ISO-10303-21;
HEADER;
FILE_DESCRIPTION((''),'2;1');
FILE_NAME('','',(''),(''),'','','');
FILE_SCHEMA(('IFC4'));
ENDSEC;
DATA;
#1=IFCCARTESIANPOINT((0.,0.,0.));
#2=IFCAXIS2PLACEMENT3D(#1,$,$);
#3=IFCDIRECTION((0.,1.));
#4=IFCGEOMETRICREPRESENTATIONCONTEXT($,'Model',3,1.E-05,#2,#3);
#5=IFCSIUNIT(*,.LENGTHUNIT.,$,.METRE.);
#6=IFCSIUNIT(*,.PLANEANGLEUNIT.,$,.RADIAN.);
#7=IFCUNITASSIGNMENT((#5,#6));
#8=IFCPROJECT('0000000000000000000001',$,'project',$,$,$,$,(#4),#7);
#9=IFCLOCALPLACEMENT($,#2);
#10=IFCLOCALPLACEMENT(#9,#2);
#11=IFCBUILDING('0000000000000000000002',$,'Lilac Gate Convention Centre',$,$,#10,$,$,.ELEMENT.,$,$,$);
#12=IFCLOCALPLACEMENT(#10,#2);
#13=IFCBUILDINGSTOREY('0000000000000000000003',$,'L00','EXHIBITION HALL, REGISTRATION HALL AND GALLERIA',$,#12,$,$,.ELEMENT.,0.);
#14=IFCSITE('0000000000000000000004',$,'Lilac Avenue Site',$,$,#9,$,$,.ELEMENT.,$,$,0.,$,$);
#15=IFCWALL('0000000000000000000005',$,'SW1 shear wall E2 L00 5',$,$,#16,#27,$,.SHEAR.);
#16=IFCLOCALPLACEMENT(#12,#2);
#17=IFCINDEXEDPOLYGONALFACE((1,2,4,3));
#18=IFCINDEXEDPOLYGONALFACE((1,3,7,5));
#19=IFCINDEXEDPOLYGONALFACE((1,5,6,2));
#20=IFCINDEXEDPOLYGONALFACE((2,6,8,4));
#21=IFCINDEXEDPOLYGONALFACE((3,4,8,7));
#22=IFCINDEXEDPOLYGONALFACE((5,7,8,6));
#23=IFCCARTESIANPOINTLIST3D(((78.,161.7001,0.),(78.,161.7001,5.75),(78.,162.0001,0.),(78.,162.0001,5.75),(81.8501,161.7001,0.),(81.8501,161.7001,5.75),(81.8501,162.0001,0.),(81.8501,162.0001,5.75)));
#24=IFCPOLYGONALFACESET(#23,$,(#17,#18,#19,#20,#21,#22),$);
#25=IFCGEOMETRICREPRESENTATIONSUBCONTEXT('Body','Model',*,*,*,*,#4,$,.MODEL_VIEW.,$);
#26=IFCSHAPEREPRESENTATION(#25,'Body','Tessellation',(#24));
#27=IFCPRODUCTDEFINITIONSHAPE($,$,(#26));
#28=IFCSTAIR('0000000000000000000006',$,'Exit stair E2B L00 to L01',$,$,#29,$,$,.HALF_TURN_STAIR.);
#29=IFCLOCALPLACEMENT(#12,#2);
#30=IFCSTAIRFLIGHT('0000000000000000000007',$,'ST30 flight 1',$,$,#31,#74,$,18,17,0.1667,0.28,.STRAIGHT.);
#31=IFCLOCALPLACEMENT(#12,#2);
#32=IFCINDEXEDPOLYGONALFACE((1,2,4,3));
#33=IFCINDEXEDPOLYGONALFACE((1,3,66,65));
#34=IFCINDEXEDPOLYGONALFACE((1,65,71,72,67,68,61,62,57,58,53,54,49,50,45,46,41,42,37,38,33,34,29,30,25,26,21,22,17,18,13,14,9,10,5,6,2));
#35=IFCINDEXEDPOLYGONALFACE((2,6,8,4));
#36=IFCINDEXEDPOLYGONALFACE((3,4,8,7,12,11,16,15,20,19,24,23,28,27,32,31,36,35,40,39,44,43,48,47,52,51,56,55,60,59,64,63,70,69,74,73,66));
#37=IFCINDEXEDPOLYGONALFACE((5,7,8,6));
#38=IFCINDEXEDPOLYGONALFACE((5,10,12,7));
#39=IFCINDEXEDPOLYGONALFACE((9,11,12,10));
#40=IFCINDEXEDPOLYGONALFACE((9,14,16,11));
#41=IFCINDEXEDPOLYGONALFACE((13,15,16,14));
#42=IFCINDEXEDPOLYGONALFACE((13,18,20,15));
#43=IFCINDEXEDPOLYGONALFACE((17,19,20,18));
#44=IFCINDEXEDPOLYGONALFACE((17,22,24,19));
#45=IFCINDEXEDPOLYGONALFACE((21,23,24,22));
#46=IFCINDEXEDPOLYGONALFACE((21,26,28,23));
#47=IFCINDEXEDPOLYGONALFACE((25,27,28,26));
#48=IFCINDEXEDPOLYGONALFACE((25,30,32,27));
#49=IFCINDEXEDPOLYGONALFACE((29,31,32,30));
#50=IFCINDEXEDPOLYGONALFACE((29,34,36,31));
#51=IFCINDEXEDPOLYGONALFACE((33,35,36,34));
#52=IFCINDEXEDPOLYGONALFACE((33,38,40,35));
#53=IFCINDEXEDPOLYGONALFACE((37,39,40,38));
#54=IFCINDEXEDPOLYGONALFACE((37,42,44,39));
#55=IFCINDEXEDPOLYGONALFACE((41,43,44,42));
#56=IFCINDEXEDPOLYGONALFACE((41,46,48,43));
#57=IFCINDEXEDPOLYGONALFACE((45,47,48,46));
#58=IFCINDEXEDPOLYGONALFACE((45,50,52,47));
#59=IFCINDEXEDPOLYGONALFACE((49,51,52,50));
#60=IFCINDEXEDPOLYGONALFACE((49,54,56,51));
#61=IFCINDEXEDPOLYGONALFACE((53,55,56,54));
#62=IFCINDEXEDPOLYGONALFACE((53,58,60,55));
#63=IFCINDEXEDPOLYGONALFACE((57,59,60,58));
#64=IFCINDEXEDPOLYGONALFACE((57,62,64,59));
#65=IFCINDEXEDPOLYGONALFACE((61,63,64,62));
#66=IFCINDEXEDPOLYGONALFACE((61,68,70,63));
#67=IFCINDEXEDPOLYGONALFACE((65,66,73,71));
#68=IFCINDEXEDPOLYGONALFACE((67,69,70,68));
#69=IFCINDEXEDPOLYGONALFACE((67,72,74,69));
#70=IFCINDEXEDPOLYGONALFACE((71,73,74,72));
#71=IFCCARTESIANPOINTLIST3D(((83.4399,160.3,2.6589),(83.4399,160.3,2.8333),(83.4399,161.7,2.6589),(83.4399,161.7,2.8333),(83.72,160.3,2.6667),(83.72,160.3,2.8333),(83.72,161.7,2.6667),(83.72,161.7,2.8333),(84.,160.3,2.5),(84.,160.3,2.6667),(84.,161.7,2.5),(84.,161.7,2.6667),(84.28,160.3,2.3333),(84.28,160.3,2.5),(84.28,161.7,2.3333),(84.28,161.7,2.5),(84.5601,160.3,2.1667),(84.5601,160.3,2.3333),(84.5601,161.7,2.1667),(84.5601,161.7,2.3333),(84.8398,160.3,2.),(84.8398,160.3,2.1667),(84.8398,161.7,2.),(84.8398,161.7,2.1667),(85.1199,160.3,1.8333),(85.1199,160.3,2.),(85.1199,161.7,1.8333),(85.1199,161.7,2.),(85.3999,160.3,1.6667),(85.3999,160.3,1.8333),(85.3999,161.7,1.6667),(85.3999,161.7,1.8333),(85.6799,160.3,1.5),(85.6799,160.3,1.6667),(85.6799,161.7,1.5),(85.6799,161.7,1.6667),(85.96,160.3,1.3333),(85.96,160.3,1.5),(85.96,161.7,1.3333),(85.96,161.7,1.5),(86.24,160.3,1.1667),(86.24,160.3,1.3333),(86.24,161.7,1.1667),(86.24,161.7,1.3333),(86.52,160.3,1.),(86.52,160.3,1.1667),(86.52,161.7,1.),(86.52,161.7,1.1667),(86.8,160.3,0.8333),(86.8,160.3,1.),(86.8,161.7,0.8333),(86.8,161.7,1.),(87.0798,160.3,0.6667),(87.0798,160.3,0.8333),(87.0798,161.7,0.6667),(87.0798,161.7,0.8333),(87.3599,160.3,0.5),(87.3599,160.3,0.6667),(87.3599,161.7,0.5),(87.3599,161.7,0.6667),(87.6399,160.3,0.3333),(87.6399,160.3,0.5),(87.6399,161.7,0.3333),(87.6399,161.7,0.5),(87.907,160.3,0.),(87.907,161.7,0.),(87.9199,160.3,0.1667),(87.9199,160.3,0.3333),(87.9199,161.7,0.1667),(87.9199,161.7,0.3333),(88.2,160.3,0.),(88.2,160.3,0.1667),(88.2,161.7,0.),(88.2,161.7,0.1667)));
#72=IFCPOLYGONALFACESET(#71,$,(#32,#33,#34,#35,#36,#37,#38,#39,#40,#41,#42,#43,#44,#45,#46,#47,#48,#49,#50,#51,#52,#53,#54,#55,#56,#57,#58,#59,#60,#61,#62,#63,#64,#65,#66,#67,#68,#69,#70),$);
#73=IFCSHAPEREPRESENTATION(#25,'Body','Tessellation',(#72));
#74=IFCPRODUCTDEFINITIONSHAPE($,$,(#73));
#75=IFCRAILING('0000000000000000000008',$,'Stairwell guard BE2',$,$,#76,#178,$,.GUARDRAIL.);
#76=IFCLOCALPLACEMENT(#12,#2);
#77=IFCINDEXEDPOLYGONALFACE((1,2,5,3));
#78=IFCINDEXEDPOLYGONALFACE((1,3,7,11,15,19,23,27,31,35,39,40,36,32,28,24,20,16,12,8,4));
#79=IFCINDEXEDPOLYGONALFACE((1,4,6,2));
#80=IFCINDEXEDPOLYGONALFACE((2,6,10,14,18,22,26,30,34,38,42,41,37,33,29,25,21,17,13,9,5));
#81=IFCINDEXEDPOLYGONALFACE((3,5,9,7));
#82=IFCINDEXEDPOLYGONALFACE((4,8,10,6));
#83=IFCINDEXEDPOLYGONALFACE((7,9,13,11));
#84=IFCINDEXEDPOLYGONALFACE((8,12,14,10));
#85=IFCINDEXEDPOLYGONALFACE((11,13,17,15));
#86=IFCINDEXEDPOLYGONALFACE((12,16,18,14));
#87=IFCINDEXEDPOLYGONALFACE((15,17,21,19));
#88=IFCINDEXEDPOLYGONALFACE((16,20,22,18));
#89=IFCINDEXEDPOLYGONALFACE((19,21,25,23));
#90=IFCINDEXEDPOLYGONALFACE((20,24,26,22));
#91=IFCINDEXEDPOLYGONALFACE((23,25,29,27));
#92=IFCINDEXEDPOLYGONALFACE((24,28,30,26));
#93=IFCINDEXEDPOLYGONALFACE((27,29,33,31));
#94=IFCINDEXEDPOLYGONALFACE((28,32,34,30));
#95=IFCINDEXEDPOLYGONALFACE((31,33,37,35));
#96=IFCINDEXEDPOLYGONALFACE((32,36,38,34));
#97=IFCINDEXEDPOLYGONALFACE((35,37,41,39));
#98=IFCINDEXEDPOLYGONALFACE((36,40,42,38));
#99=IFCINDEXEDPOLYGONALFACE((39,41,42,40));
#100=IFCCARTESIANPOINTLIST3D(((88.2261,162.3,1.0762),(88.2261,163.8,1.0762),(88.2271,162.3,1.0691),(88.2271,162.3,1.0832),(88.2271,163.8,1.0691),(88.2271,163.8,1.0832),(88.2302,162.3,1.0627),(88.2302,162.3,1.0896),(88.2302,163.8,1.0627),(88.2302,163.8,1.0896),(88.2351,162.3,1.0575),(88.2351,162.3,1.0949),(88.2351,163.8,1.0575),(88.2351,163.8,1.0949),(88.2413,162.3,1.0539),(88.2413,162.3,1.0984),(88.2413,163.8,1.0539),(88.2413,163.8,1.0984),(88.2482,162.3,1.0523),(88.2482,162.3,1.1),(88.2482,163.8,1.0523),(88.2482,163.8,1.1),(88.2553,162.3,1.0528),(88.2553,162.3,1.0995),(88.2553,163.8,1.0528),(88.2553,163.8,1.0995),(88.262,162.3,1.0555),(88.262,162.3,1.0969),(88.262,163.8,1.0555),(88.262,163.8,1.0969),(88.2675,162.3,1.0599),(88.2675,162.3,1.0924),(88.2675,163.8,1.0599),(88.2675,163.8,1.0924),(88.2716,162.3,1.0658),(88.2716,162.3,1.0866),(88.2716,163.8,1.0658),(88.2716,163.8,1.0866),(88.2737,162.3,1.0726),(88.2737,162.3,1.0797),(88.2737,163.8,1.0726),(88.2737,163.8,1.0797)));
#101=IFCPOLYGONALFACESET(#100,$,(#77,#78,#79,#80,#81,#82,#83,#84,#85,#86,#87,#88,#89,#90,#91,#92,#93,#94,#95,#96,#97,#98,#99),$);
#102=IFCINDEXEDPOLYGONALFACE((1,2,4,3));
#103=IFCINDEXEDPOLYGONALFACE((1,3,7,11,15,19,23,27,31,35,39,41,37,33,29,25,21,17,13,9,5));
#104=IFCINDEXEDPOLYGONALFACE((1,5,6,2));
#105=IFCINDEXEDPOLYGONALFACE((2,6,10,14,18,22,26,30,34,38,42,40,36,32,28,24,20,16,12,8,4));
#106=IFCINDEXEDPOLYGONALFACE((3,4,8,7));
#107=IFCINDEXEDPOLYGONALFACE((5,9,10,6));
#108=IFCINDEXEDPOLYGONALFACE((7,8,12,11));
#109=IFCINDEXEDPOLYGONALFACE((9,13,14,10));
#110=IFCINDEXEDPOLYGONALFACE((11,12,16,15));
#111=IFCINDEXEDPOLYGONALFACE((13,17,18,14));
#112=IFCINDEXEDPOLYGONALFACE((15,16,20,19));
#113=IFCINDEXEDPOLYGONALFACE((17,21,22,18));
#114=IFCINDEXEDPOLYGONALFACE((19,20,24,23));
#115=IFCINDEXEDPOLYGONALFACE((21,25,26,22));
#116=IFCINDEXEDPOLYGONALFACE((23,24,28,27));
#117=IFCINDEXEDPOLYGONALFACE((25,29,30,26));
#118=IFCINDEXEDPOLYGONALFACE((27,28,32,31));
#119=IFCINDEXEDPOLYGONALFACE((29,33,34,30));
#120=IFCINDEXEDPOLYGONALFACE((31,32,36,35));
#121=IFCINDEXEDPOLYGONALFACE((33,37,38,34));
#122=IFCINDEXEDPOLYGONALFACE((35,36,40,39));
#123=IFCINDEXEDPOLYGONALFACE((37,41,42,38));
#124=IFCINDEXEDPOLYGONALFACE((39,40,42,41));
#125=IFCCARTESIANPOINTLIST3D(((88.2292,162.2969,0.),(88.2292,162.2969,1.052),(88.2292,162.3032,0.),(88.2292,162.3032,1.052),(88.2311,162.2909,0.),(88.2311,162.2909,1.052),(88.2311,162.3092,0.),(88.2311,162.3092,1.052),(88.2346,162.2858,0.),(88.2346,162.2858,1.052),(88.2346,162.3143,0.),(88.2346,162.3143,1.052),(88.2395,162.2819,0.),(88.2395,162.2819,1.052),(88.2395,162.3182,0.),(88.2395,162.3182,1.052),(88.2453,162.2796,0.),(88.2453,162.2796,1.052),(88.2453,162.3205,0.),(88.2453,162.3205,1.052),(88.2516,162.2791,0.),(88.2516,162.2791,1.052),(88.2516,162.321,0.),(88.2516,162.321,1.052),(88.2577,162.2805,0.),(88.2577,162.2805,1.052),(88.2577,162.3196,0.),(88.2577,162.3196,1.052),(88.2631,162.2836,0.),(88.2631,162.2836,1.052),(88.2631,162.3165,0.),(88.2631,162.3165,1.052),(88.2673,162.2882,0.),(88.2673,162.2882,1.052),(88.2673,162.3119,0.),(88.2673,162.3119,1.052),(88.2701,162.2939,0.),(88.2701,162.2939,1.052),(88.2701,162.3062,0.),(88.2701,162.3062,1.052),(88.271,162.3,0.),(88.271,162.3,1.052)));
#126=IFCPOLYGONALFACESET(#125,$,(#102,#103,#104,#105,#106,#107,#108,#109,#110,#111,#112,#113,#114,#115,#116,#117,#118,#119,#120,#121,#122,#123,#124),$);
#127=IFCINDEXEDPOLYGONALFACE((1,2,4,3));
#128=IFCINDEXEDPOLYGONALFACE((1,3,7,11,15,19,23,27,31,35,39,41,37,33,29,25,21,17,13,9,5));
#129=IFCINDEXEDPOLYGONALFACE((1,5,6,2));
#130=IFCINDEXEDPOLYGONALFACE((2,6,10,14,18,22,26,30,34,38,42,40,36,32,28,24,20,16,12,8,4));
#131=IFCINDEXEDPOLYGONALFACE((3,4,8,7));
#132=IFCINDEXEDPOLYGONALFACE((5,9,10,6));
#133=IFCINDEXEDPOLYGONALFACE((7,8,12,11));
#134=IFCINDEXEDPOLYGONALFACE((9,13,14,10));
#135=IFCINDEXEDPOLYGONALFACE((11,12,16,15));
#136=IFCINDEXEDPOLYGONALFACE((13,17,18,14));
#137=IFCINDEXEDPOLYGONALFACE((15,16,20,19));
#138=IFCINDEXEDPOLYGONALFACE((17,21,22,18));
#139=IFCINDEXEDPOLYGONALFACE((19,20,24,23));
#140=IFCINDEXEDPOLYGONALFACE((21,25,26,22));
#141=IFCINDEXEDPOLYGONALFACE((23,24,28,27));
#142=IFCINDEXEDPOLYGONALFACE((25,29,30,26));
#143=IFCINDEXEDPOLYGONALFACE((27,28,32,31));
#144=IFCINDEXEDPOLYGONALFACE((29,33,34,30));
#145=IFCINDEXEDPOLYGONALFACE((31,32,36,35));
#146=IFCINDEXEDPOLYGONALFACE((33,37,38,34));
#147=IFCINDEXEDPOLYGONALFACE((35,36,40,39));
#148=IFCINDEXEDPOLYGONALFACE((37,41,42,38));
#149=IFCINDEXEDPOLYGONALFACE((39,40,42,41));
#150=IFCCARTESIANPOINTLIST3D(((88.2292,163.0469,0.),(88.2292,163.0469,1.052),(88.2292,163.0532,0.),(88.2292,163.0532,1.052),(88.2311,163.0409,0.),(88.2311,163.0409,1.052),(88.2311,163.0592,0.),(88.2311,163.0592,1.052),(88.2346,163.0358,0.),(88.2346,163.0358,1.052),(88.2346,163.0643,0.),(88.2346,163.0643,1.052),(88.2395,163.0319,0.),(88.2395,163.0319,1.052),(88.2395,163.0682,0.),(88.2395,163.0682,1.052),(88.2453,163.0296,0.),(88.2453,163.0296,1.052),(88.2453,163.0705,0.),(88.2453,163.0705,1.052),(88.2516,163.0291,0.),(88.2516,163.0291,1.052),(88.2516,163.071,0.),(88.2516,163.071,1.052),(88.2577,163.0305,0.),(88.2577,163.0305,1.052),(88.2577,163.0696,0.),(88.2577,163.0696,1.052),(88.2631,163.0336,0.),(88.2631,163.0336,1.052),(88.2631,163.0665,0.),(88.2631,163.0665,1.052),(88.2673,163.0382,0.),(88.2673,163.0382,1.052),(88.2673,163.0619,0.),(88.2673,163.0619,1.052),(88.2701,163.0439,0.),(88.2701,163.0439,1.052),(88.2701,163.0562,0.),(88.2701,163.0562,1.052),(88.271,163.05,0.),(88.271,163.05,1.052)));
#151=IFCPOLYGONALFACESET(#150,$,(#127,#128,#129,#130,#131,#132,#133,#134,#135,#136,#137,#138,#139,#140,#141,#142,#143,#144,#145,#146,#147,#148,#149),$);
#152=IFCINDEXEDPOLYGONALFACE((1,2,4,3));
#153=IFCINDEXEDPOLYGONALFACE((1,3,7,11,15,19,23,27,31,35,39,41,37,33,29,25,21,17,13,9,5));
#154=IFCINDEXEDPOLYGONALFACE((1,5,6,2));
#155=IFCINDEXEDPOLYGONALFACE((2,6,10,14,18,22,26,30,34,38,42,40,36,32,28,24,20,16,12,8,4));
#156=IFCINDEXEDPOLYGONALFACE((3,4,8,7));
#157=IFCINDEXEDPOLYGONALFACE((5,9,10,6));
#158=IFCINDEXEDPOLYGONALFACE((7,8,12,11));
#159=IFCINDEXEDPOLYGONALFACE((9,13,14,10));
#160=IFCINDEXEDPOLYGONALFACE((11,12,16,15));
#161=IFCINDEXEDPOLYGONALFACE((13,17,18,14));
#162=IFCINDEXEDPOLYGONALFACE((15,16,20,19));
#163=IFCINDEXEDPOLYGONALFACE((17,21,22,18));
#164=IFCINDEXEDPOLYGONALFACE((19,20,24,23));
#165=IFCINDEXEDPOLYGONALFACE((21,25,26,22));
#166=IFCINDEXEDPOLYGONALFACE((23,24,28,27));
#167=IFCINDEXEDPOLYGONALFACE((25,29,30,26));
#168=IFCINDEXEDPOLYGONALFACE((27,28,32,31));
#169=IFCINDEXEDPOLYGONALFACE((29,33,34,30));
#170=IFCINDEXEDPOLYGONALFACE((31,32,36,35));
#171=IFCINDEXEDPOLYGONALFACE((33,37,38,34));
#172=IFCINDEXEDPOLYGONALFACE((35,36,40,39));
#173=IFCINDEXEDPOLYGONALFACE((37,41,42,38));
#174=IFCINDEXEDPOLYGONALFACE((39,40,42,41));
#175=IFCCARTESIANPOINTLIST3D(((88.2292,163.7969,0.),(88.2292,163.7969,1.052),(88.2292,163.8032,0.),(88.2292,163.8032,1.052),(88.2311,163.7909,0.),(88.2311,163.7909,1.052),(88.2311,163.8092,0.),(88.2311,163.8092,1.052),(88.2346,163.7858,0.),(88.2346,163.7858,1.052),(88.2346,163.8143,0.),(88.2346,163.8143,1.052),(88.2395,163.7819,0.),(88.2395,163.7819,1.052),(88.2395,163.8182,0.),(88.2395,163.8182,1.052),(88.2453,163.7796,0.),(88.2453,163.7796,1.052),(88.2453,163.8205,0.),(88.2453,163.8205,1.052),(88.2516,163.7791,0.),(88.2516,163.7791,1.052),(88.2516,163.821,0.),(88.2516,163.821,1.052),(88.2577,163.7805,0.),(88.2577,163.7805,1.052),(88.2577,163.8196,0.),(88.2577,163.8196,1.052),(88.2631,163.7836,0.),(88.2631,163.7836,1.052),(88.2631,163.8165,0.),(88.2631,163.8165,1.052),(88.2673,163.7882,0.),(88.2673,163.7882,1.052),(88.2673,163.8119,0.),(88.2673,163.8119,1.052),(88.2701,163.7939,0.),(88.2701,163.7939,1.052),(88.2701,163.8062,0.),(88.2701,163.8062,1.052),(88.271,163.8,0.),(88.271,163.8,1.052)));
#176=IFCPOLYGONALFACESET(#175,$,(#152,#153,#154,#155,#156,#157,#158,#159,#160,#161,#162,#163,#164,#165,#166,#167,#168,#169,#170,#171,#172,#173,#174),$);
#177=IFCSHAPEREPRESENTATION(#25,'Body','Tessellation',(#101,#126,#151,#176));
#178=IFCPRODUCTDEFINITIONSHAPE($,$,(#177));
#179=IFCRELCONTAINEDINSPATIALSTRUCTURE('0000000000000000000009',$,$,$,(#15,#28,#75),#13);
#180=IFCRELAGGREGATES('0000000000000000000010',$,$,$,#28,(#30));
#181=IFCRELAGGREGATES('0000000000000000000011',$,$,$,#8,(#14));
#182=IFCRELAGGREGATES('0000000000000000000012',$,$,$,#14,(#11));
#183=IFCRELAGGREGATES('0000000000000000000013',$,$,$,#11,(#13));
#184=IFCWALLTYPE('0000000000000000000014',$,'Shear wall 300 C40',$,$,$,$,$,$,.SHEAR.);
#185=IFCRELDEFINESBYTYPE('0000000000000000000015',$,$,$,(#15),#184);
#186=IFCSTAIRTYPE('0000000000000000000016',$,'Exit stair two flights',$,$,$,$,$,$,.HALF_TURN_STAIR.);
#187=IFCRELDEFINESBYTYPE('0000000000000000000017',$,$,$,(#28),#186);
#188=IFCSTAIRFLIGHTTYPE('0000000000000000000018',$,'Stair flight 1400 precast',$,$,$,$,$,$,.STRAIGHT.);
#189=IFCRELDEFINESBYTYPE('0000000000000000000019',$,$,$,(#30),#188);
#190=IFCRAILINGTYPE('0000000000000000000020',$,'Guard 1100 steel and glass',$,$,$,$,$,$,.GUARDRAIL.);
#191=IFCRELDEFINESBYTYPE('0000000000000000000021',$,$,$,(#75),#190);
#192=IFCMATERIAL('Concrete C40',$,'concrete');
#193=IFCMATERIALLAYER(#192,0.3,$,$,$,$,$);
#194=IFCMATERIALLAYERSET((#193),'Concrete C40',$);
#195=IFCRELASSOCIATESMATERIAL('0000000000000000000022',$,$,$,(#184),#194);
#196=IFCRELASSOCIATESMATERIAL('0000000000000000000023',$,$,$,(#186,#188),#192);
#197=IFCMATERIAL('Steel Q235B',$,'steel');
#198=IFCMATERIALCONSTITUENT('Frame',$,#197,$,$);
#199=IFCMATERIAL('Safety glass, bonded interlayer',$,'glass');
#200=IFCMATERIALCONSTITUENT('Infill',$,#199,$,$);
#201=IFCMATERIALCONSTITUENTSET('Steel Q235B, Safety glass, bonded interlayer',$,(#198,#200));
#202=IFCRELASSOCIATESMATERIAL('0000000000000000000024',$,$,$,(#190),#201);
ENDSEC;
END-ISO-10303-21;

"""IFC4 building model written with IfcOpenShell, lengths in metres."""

from ifc_helpers import new_model, si_unit, direction, frame, frame_2d, origin, origin_2d, place, context, subcontext, project, spatial, polyline, rectangle, circle, outline, extrude, material, layer, layer_set, constituent, constituent_set, type_object, element, aggregate, save


model = new_model("IFC4")

# Units and contexts
model_context = context("Model", 3, precision=1e-05, world=origin(), true_north=direction((0.0, 1.0)))
body_context = subcontext(model_context, "Body", "Model", "MODEL_VIEW")
ifc_project = project(units=[si_unit("LENGTHUNIT", "METRE"), si_unit("PLANEANGLEUNIT", "RADIAN")], contexts=[model_context])

# Site, building, storey
site_placement = place(None, origin())
site = spatial("IfcSite", under=ifc_project, at=site_placement, Name="Lilac Avenue Site", CompositionType="ELEMENT", RefElevation=0.0)
building_placement = place(site_placement, origin())
building = spatial("IfcBuilding", under=site, at=building_placement, Name="Lilac Gate Convention Centre", CompositionType="ELEMENT")
storey_placement = place(building_placement, origin())
storey = spatial("IfcBuildingStorey", under=building, at=storey_placement, Name="L00", Description="EXHIBITION HALL, REGISTRATION HALL AND GALLERIA", CompositionType="ELEMENT", Elevation=0.0)

# Shared definitions
ifc_material_1 = material(Name="Concrete C40", Category="concrete")

# Shared definitions
ifc_material_2 = material(Name="Steel Q235B", Category="steel")

# Shared definitions
ifc_layer_1 = layer(ifc_material_1, 0.3)
ifc_layer_set_1 = layer_set([ifc_layer_1], Name="Concrete C40")
wall_type_1 = type_object("IfcWallType", Name="Shear wall 300 C40", PredefinedType="SHEAR", material=ifc_layer_set_1)

# Wall
wall_1_placement = place(storey_placement, frame((81.8501, 161.8501, 0.0), z_axis=(0.0, 0.0, 1.0), x_axis=(-1.0, 0.0, 0.0)))
element("IfcWall", 1, at=wall_1_placement, inside=storey, type_object=wall_type_1, Name="SW1 shear wall E2 L00 5", PredefinedType="SHEAR", context=body_context, shape_type="SweptSolid", body=[
    extrude(rectangle(XDim=3.8501, YDim=0.3, at=frame_2d((1.925, 0.0))), origin(), (0.0, 0.0, 1.0), 5.75),
])

# Stair, stair flight
stair_type = type_object("IfcStairType", Name="Exit stair two flights", PredefinedType="HALF_TURN_STAIR", material=ifc_material_1)
stair_placement = place(storey_placement, origin())
stair = element("IfcStair", 2, at=stair_placement, inside=storey, type_object=stair_type, Name="Exit stair E2B L00 to L01", PredefinedType="HALF_TURN_STAIR")
stair_flight_type = type_object("IfcStairFlightType", Name="Stair flight 1400 precast", PredefinedType="STRAIGHT", material=ifc_material_1)
stair_flight_placement = place(storey_placement, frame((88.2, 161.0, 0.0), z_axis=(0.0, 0.0, 1.0), x_axis=(-1.0, 0.0, 0.0)))
stair_flight = element("IfcStairFlight", 3, at=stair_flight_placement, type_object=stair_flight_type, Name="ST30 flight 1", NumberOfRisers=18, NumberOfTreads=17, PredefinedType="STRAIGHT", RiserHeight=0.1667, TreadLength=0.28, context=body_context, shape_type="SweptSolid", body=[
    extrude(outline(polyline([(0.0, 0.0), (0.0, 0.1667), (0.28, 0.1667), (0.28, 0.3333), (0.5601, 0.3333), (0.5601, 0.5), (0.8401, 0.5), (0.8401, 0.6667), (1.1201, 0.6667), (1.1201, 0.8333), (1.3999, 0.8333), (1.3999, 1.0), (1.6799, 1.0), (1.6799, 1.1667), (1.96, 1.1667), (1.96, 1.3333), (2.24, 1.3333), (2.24, 1.5), (2.52, 1.5), (2.52, 1.6667), (2.8, 1.6667), (2.8, 1.8333), (3.0801, 1.8333), (3.0801, 2.0), (3.3601, 2.0), (3.3601, 2.1667), (3.6399, 2.1667), (3.6399, 2.3333), (3.9199, 2.3333), (3.9199, 2.5), (4.2, 2.5), (4.2, 2.6667), (4.48, 2.6667), (4.48, 2.8333), (4.76, 2.8333), (4.76, 3.0), (4.76, 2.6589), (0.293, 0.0), (0.0, 0.0)])), frame((0.0, 0.7, 0.0), z_axis=(0.0, -1.0, 0.0), x_axis=(1.0, 0.0, 0.0)), (0.0, 0.0, 1.0), 1.3999),
])
aggregate(stair, [stair_flight])

# Railing
ifc_constituent_1 = constituent(ifc_material_2, Name="Frame")
ifc_material_3 = material(Name="Safety glass, bonded interlayer", Category="glass")
ifc_constituent_2 = constituent(ifc_material_3, Name="Infill")
ifc_constituent_set = constituent_set(constituents=[ifc_constituent_1, ifc_constituent_2], Name="Steel Q235B, Safety glass, bonded interlayer")
railing_type_1 = type_object("IfcRailingType", Name="Guard 1100 steel and glass", PredefinedType="GUARDRAIL", material=ifc_constituent_set)
railing_placement = place(storey_placement, frame((88.25, 162.3, 0.0)))
element("IfcRailing", 4, at=railing_placement, inside=storey, type_object=railing_type_1, Name="Stairwell guard BE2", PredefinedType="GUARDRAIL", context=body_context, shape_type="SweptSolid", body=[
    extrude(circle(Radius=0.0239, at=origin_2d()), frame((0.0, 0.0, 1.0762), z_axis=(0.0, 1.0, 0.0), x_axis=(-1.0, 0.0, 0.0)), (0.0, 0.0, 1.0), 1.5),
    extrude(circle(Radius=0.021, at=origin_2d()), origin(), (0.0, 0.0, 1.0), 1.052),
    extrude(circle(Radius=0.021, at=origin_2d()), frame((0.0, 0.75, 0.0)), (0.0, 0.0, 1.0), 1.052),
    extrude(circle(Radius=0.021, at=origin_2d()), frame((0.0, 1.5, 0.0)), (0.0, 0.0, 1.0), 1.052),
])

save(model, "model.ifc")
